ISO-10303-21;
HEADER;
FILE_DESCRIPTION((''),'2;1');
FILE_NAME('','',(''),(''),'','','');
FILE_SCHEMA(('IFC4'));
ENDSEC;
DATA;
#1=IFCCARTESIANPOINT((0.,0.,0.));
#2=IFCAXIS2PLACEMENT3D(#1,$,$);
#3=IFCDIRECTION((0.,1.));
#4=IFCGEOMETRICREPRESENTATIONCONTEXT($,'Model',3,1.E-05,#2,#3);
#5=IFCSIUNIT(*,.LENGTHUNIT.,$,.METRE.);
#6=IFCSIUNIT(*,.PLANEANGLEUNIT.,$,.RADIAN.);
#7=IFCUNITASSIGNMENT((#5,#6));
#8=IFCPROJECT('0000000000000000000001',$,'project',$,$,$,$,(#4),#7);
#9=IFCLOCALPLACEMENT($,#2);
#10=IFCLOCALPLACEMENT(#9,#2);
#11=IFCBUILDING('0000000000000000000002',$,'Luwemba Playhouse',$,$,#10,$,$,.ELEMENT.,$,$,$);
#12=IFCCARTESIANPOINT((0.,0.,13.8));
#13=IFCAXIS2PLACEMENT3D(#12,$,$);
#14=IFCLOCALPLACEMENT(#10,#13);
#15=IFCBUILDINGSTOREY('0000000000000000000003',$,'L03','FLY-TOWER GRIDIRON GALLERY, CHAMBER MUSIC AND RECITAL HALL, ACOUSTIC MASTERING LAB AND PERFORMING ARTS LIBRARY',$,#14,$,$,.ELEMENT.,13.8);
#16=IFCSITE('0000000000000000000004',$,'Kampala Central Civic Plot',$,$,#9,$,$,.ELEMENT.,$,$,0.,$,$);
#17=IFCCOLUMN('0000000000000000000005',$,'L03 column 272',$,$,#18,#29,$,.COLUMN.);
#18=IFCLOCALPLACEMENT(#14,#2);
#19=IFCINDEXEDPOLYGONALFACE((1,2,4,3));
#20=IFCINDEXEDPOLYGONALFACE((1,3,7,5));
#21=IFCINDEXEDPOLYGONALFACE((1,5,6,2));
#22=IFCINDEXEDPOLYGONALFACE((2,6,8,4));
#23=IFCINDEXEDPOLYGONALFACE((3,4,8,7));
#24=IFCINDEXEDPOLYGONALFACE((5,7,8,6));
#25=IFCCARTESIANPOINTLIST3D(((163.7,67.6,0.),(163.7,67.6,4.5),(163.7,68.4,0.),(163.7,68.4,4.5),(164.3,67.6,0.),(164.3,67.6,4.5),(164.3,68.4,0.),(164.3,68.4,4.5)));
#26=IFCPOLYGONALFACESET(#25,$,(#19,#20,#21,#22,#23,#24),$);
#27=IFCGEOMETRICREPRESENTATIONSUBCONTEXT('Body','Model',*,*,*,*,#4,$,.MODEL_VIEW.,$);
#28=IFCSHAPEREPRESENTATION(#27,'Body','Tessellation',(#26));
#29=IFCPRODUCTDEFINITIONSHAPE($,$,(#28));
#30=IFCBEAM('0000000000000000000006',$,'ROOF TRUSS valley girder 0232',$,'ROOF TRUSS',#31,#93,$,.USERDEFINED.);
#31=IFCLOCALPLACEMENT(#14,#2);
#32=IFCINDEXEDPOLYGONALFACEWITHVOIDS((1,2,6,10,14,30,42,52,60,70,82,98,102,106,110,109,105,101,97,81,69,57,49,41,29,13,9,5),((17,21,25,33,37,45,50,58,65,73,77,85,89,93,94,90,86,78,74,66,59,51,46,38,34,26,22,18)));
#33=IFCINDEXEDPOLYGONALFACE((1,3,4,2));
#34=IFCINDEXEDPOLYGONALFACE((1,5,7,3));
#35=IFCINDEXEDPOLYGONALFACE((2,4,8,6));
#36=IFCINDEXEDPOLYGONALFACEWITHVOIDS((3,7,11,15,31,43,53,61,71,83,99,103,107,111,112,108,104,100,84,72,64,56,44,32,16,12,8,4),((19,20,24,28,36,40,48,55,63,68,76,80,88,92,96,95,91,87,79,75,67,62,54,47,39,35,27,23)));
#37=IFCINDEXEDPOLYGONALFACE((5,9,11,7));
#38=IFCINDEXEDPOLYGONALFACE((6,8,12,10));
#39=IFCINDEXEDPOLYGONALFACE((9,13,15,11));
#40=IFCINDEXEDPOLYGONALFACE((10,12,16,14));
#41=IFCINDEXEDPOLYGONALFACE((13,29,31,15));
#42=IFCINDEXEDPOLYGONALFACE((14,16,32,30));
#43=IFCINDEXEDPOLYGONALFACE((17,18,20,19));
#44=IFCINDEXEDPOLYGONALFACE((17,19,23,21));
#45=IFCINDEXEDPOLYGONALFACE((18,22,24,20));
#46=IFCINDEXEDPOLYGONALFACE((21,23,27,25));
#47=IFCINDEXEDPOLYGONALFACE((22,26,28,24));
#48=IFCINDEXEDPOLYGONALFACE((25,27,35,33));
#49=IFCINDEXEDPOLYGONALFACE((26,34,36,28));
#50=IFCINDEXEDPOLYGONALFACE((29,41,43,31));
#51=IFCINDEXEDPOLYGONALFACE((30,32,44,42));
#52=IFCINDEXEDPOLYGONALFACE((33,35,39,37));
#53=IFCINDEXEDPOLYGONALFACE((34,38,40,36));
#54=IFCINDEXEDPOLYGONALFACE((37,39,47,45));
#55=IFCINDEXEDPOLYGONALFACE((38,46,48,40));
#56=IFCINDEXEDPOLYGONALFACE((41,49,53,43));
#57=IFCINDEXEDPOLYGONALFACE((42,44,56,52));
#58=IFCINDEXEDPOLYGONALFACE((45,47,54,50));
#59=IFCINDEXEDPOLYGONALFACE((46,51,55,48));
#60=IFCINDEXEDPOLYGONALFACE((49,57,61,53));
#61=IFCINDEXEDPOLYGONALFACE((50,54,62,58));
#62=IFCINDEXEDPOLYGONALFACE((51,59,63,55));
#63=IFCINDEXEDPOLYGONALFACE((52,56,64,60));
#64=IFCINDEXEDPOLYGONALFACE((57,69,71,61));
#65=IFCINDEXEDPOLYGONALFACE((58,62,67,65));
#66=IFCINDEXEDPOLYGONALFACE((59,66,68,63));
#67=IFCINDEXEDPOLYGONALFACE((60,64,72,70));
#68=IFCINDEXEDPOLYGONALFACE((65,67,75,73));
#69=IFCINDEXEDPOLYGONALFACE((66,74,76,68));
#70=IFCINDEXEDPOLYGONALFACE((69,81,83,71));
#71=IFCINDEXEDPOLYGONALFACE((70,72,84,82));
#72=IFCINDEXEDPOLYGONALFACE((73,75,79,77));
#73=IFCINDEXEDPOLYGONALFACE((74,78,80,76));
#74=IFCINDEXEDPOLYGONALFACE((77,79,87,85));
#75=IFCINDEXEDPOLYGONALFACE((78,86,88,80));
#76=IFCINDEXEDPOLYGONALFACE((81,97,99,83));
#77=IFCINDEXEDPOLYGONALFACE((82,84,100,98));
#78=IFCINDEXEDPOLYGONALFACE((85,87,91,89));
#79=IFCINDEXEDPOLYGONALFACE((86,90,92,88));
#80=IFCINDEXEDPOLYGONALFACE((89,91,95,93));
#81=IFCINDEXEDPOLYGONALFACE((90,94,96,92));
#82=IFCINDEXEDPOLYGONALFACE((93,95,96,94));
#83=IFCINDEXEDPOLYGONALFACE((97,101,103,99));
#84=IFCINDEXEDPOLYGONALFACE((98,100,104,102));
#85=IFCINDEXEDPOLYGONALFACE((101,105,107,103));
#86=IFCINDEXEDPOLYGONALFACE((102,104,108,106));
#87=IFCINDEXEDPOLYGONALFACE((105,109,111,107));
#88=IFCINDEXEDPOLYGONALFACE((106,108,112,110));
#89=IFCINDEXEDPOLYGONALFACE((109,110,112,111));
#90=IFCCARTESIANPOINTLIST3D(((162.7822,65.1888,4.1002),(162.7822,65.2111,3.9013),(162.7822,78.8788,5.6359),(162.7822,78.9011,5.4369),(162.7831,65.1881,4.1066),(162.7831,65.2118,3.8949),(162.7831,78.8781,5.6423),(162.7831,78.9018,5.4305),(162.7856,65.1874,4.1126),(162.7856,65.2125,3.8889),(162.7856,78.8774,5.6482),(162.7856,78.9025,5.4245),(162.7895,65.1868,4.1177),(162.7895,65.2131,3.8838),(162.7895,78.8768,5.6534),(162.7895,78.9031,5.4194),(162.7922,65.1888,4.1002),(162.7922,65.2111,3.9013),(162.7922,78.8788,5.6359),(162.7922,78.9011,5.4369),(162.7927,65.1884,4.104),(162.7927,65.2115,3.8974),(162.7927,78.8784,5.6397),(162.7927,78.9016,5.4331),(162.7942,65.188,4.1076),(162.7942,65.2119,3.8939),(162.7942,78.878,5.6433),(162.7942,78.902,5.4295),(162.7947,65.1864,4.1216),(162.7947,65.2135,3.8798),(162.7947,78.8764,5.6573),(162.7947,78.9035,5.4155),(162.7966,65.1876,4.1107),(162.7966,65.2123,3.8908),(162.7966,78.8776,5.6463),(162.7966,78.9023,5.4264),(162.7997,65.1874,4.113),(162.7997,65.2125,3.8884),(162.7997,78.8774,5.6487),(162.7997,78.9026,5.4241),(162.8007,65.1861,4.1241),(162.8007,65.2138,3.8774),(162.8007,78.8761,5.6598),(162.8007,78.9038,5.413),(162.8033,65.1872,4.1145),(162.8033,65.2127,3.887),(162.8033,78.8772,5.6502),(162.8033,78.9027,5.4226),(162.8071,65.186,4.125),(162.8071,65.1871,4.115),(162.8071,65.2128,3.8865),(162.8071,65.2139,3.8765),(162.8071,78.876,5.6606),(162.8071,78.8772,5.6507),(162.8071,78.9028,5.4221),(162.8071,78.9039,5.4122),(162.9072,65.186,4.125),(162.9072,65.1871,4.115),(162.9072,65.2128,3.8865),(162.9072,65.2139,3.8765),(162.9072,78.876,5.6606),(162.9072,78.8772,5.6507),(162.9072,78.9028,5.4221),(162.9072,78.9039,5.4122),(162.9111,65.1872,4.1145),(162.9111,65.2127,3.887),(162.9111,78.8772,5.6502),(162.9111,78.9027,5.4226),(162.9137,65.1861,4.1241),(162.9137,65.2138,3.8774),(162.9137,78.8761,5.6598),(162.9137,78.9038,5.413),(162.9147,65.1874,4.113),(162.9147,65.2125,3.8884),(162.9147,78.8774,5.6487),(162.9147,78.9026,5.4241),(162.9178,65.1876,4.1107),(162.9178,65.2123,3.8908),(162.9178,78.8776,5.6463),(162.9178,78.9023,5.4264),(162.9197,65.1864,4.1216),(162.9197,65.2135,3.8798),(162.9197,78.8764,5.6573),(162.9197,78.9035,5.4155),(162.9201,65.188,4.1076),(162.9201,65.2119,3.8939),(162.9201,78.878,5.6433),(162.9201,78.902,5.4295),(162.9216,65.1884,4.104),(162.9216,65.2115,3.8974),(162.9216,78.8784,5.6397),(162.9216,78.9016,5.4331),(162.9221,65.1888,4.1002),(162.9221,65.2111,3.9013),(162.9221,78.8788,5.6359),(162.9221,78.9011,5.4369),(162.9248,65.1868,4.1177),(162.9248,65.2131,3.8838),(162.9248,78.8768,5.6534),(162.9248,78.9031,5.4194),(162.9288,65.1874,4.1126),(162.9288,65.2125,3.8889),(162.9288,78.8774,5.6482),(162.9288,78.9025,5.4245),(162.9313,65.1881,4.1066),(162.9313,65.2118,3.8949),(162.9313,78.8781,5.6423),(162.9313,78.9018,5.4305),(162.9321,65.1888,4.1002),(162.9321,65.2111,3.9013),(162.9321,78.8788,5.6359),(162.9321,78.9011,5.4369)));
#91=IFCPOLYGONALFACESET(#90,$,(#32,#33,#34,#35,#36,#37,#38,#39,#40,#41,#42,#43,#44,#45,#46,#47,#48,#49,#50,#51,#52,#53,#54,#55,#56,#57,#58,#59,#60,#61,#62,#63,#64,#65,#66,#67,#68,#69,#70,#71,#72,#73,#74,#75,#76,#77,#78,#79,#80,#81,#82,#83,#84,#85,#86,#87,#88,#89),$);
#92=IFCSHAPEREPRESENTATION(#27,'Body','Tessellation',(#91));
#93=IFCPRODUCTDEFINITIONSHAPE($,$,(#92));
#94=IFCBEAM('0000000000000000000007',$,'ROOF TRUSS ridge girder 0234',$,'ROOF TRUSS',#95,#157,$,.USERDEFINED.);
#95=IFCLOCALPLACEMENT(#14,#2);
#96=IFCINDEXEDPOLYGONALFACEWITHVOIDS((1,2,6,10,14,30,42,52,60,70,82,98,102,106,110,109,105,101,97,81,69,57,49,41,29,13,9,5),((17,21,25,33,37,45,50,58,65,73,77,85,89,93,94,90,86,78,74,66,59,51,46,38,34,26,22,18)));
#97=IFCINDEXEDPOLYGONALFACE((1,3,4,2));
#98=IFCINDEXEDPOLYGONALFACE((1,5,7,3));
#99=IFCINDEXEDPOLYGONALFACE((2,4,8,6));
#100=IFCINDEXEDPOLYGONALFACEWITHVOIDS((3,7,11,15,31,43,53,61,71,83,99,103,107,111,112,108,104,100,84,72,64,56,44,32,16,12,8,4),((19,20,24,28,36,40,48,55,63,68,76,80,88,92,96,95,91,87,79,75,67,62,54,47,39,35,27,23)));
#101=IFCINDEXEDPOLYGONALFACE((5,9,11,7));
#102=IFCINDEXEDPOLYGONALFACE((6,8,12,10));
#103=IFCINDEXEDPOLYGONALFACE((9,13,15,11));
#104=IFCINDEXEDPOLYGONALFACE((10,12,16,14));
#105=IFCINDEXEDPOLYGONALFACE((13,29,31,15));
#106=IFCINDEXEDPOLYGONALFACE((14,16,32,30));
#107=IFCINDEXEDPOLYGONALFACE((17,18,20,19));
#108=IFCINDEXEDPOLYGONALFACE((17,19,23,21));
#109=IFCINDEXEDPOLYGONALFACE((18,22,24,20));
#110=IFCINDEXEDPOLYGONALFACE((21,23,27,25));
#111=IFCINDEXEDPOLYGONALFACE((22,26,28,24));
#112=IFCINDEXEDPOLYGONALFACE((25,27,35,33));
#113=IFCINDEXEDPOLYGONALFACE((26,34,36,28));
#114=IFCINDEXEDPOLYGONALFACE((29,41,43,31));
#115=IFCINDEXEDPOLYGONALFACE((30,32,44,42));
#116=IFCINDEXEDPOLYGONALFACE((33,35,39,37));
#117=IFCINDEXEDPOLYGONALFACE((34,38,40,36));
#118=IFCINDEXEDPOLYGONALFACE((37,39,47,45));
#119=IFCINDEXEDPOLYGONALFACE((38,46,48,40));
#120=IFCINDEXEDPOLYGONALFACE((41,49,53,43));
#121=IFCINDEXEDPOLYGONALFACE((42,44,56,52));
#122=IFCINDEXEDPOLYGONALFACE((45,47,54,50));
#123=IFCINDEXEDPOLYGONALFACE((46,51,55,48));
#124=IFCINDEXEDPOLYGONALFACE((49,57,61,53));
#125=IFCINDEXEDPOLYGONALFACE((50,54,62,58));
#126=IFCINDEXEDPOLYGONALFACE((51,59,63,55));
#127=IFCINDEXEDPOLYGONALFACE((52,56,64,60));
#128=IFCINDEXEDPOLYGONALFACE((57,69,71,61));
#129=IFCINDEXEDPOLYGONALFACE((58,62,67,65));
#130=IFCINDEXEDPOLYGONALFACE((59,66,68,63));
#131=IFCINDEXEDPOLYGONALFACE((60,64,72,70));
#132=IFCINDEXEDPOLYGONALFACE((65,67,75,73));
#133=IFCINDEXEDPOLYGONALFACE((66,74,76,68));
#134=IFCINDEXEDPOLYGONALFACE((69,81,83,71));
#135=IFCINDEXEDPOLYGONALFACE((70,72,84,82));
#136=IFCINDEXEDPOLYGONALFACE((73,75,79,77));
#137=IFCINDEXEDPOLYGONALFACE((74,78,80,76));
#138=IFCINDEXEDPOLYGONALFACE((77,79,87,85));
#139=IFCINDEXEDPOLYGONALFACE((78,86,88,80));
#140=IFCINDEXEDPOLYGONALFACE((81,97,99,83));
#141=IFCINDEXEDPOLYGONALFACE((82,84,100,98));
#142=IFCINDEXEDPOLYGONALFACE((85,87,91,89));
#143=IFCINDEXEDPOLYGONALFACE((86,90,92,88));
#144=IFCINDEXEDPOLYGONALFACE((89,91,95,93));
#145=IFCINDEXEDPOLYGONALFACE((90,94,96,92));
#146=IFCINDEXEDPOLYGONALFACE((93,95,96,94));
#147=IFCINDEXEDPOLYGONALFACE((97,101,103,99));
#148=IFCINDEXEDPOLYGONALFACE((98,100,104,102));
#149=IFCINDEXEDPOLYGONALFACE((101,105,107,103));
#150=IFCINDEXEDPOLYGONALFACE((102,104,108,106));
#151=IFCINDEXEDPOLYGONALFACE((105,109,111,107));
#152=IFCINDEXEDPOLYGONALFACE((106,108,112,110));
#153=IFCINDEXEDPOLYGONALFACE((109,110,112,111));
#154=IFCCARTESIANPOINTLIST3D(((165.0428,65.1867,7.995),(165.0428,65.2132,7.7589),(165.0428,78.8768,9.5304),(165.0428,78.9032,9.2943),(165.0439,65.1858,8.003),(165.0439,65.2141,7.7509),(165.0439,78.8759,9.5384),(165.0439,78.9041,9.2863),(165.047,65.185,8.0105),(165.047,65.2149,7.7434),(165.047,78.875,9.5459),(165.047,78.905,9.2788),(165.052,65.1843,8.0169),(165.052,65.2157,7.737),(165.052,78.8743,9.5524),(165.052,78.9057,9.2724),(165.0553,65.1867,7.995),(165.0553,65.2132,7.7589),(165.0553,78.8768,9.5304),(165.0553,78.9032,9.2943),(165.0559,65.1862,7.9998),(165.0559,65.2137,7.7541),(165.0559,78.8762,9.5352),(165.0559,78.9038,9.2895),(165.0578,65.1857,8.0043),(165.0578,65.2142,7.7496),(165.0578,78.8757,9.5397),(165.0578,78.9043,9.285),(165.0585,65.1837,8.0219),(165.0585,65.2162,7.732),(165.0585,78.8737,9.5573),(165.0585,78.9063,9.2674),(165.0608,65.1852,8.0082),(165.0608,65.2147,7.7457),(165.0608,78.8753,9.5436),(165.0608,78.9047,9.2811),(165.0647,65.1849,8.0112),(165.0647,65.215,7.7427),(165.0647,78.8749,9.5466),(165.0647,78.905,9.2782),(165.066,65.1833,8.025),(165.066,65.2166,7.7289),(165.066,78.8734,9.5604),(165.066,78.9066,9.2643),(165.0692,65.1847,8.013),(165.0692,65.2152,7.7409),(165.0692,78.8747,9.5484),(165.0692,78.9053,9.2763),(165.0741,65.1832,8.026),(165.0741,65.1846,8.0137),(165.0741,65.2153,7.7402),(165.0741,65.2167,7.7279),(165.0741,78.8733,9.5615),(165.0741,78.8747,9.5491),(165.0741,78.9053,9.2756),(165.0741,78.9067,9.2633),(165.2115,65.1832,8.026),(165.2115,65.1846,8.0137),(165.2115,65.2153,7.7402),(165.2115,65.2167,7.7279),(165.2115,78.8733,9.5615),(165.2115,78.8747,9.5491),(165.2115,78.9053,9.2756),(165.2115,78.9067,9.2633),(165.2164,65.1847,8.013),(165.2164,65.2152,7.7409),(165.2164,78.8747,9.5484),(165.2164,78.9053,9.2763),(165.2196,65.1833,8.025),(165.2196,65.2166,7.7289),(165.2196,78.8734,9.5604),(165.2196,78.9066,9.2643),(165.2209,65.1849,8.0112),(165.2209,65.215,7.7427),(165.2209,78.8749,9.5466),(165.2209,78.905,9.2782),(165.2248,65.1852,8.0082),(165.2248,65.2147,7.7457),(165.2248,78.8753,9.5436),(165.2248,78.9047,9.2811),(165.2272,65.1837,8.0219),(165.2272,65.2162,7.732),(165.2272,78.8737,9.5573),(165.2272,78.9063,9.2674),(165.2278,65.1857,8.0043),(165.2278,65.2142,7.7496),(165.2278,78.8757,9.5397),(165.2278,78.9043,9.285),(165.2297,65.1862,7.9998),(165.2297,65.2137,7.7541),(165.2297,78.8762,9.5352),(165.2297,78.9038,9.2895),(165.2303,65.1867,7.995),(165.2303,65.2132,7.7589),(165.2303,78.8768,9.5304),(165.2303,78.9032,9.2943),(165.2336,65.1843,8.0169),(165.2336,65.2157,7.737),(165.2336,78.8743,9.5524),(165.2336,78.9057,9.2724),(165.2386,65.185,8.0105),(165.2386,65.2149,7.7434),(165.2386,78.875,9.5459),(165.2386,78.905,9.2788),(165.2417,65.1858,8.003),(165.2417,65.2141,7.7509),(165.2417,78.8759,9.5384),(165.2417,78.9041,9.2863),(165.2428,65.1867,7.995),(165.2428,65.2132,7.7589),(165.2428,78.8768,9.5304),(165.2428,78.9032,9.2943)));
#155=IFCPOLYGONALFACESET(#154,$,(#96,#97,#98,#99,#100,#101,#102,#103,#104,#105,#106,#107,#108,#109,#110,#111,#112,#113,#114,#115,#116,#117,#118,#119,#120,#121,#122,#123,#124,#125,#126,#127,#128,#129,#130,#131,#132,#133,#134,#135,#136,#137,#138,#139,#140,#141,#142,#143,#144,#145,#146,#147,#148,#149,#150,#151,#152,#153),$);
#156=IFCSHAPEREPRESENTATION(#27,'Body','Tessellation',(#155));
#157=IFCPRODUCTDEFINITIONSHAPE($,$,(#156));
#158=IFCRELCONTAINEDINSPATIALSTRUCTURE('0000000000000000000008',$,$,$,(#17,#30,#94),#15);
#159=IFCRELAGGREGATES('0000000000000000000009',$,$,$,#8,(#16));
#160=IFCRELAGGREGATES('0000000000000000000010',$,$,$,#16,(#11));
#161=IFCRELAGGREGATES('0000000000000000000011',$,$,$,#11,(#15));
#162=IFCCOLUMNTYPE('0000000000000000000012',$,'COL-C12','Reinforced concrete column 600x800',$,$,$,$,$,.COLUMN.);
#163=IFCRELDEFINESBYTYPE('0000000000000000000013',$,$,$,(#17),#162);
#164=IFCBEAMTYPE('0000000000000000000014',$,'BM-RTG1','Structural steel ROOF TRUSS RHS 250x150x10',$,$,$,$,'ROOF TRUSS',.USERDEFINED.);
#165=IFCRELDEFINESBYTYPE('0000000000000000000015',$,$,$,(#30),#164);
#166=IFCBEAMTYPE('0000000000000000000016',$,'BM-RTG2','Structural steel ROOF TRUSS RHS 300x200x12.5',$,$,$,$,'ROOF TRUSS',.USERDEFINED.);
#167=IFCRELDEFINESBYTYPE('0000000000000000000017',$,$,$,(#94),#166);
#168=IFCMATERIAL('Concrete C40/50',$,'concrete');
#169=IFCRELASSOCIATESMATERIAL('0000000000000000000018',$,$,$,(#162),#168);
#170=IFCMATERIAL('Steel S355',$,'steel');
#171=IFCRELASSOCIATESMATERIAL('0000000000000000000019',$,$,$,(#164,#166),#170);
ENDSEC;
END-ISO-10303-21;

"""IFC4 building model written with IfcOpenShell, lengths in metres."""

from ifc_helpers import new_model, si_unit, direction, frame, origin, origin_2d, place, context, subcontext, project, spatial, rectangle, hollow_rectangle, extrude, material, material_profile, profile_set, type_object, element, save


model = new_model("IFC4")

# Units and contexts
model_context = context("Model", 3, precision=1e-05, world=origin(), true_north=direction((0.0, 1.0)))
body_context = subcontext(model_context, "Body", "Model", "MODEL_VIEW")
ifc_project = project(units=[si_unit("LENGTHUNIT", "METRE"), si_unit("PLANEANGLEUNIT", "RADIAN")], contexts=[model_context])

# Site, building, storey
site_placement = place(None, origin())
site = spatial("IfcSite", under=ifc_project, at=site_placement, Name="Kampala Central Civic Plot", CompositionType="ELEMENT", RefElevation=0.0)
building_placement = place(site_placement, origin())
building = spatial("IfcBuilding", under=site, at=building_placement, Name="Luwemba Playhouse", CompositionType="ELEMENT")
storey_placement = place(building_placement, frame((0.0, 0.0, 13.8)))
storey = spatial("IfcBuildingStorey", under=building, at=storey_placement, Name="L03", Description="FLY-TOWER GRIDIRON GALLERY, CHAMBER MUSIC AND RECITAL HALL, ACOUSTIC MASTERING LAB AND PERFORMING ARTS LIBRARY", CompositionType="ELEMENT", Elevation=13.8)

# Column
ifc_material_1 = material(Name="Concrete C40/50", Category="concrete")
ifc_material_profile_1 = material_profile(ifc_material_1, rectangle(XDim=0.6001, YDim=0.8, at=origin_2d()))
ifc_profile_set_1 = profile_set([ifc_material_profile_1], Name="Concrete C40/50")
column_type = type_object("IfcColumnType", Name="COL-C12", Description="Reinforced concrete column 600x800", PredefinedType="COLUMN", material=ifc_profile_set_1)
column_placement = place(storey_placement, frame((164.0, 68.0, 0.0), z_axis=(0.0, 0.0, 1.0), x_axis=(1.0, 0.0, 0.0)))
element("IfcColumn", 1, at=column_placement, inside=storey, type_object=column_type, Name="L03 column 272", PredefinedType="COLUMN", context=body_context, shape_type="SweptSolid", body=[
    extrude(rectangle(XDim=0.6001, YDim=0.8, at=origin_2d()), origin(), (0.0, 0.0, 1.0), 4.5),
])

# Beams
ifc_material_2 = material(Name="Steel S355", Category="steel")
ifc_material_profile_2 = material_profile(ifc_material_2, hollow_rectangle(XDim=0.1499, YDim=0.25, WallThickness=0.01, InnerFilletRadius=0.0149, OuterFilletRadius=0.0249, at=origin_2d()))
ifc_profile_set_2 = profile_set([ifc_material_profile_2], Name="Steel S355")
beam_type_1 = type_object("IfcBeamType", Name="BM-RTG1", Description="Structural steel ROOF TRUSS RHS 250x150x10", ElementType="ROOF TRUSS", PredefinedType="USERDEFINED", material=ifc_profile_set_2)
beam_1_placement = place(storey_placement, frame((162.8572, 65.2, 4.0007), z_axis=(0.0, 0.993767, 0.111474), x_axis=(-1.0, 0.0, 0.0)))
element("IfcBeam", 2, at=beam_1_placement, inside=storey, type_object=beam_type_1, Name="ROOF TRUSS valley girder 0232", ObjectType="ROOF TRUSS", PredefinedType="USERDEFINED", context=body_context, shape_type="SweptSolid", body=[
    extrude(hollow_rectangle(XDim=0.1499, YDim=0.25, WallThickness=0.01, InnerFilletRadius=0.0149, OuterFilletRadius=0.0249, at=origin_2d()), origin(), (0.0, 0.0, 1.0), 13.7759),
])
ifc_material_profile_3 = material_profile(ifc_material_2, hollow_rectangle(XDim=0.2, YDim=0.3, WallThickness=0.0125, InnerFilletRadius=0.0188, OuterFilletRadius=0.0312, at=origin_2d()))
ifc_profile_set_3 = profile_set([ifc_material_profile_3], Name="Steel S355")
beam_type_2 = type_object("IfcBeamType", Name="BM-RTG2", Description="Structural steel ROOF TRUSS RHS 300x200x12.5", ElementType="ROOF TRUSS", PredefinedType="USERDEFINED", material=ifc_profile_set_3)
beam_2_placement = place(storey_placement, frame((165.1428, 65.2, 7.877), z_axis=(0.0, 0.993769, 0.111457), x_axis=(-1.0, 0.0, 0.0)))
element("IfcBeam", 3, at=beam_2_placement, inside=storey, type_object=beam_type_2, Name="ROOF TRUSS ridge girder 0234", ObjectType="ROOF TRUSS", PredefinedType="USERDEFINED", context=body_context, shape_type="SweptSolid", body=[
    extrude(hollow_rectangle(XDim=0.2, YDim=0.3, WallThickness=0.0125, InnerFilletRadius=0.0188, OuterFilletRadius=0.0312, at=origin_2d()), origin(), (0.0, 0.0, 1.0), 13.7759),
])

save(model, "model.ifc")
